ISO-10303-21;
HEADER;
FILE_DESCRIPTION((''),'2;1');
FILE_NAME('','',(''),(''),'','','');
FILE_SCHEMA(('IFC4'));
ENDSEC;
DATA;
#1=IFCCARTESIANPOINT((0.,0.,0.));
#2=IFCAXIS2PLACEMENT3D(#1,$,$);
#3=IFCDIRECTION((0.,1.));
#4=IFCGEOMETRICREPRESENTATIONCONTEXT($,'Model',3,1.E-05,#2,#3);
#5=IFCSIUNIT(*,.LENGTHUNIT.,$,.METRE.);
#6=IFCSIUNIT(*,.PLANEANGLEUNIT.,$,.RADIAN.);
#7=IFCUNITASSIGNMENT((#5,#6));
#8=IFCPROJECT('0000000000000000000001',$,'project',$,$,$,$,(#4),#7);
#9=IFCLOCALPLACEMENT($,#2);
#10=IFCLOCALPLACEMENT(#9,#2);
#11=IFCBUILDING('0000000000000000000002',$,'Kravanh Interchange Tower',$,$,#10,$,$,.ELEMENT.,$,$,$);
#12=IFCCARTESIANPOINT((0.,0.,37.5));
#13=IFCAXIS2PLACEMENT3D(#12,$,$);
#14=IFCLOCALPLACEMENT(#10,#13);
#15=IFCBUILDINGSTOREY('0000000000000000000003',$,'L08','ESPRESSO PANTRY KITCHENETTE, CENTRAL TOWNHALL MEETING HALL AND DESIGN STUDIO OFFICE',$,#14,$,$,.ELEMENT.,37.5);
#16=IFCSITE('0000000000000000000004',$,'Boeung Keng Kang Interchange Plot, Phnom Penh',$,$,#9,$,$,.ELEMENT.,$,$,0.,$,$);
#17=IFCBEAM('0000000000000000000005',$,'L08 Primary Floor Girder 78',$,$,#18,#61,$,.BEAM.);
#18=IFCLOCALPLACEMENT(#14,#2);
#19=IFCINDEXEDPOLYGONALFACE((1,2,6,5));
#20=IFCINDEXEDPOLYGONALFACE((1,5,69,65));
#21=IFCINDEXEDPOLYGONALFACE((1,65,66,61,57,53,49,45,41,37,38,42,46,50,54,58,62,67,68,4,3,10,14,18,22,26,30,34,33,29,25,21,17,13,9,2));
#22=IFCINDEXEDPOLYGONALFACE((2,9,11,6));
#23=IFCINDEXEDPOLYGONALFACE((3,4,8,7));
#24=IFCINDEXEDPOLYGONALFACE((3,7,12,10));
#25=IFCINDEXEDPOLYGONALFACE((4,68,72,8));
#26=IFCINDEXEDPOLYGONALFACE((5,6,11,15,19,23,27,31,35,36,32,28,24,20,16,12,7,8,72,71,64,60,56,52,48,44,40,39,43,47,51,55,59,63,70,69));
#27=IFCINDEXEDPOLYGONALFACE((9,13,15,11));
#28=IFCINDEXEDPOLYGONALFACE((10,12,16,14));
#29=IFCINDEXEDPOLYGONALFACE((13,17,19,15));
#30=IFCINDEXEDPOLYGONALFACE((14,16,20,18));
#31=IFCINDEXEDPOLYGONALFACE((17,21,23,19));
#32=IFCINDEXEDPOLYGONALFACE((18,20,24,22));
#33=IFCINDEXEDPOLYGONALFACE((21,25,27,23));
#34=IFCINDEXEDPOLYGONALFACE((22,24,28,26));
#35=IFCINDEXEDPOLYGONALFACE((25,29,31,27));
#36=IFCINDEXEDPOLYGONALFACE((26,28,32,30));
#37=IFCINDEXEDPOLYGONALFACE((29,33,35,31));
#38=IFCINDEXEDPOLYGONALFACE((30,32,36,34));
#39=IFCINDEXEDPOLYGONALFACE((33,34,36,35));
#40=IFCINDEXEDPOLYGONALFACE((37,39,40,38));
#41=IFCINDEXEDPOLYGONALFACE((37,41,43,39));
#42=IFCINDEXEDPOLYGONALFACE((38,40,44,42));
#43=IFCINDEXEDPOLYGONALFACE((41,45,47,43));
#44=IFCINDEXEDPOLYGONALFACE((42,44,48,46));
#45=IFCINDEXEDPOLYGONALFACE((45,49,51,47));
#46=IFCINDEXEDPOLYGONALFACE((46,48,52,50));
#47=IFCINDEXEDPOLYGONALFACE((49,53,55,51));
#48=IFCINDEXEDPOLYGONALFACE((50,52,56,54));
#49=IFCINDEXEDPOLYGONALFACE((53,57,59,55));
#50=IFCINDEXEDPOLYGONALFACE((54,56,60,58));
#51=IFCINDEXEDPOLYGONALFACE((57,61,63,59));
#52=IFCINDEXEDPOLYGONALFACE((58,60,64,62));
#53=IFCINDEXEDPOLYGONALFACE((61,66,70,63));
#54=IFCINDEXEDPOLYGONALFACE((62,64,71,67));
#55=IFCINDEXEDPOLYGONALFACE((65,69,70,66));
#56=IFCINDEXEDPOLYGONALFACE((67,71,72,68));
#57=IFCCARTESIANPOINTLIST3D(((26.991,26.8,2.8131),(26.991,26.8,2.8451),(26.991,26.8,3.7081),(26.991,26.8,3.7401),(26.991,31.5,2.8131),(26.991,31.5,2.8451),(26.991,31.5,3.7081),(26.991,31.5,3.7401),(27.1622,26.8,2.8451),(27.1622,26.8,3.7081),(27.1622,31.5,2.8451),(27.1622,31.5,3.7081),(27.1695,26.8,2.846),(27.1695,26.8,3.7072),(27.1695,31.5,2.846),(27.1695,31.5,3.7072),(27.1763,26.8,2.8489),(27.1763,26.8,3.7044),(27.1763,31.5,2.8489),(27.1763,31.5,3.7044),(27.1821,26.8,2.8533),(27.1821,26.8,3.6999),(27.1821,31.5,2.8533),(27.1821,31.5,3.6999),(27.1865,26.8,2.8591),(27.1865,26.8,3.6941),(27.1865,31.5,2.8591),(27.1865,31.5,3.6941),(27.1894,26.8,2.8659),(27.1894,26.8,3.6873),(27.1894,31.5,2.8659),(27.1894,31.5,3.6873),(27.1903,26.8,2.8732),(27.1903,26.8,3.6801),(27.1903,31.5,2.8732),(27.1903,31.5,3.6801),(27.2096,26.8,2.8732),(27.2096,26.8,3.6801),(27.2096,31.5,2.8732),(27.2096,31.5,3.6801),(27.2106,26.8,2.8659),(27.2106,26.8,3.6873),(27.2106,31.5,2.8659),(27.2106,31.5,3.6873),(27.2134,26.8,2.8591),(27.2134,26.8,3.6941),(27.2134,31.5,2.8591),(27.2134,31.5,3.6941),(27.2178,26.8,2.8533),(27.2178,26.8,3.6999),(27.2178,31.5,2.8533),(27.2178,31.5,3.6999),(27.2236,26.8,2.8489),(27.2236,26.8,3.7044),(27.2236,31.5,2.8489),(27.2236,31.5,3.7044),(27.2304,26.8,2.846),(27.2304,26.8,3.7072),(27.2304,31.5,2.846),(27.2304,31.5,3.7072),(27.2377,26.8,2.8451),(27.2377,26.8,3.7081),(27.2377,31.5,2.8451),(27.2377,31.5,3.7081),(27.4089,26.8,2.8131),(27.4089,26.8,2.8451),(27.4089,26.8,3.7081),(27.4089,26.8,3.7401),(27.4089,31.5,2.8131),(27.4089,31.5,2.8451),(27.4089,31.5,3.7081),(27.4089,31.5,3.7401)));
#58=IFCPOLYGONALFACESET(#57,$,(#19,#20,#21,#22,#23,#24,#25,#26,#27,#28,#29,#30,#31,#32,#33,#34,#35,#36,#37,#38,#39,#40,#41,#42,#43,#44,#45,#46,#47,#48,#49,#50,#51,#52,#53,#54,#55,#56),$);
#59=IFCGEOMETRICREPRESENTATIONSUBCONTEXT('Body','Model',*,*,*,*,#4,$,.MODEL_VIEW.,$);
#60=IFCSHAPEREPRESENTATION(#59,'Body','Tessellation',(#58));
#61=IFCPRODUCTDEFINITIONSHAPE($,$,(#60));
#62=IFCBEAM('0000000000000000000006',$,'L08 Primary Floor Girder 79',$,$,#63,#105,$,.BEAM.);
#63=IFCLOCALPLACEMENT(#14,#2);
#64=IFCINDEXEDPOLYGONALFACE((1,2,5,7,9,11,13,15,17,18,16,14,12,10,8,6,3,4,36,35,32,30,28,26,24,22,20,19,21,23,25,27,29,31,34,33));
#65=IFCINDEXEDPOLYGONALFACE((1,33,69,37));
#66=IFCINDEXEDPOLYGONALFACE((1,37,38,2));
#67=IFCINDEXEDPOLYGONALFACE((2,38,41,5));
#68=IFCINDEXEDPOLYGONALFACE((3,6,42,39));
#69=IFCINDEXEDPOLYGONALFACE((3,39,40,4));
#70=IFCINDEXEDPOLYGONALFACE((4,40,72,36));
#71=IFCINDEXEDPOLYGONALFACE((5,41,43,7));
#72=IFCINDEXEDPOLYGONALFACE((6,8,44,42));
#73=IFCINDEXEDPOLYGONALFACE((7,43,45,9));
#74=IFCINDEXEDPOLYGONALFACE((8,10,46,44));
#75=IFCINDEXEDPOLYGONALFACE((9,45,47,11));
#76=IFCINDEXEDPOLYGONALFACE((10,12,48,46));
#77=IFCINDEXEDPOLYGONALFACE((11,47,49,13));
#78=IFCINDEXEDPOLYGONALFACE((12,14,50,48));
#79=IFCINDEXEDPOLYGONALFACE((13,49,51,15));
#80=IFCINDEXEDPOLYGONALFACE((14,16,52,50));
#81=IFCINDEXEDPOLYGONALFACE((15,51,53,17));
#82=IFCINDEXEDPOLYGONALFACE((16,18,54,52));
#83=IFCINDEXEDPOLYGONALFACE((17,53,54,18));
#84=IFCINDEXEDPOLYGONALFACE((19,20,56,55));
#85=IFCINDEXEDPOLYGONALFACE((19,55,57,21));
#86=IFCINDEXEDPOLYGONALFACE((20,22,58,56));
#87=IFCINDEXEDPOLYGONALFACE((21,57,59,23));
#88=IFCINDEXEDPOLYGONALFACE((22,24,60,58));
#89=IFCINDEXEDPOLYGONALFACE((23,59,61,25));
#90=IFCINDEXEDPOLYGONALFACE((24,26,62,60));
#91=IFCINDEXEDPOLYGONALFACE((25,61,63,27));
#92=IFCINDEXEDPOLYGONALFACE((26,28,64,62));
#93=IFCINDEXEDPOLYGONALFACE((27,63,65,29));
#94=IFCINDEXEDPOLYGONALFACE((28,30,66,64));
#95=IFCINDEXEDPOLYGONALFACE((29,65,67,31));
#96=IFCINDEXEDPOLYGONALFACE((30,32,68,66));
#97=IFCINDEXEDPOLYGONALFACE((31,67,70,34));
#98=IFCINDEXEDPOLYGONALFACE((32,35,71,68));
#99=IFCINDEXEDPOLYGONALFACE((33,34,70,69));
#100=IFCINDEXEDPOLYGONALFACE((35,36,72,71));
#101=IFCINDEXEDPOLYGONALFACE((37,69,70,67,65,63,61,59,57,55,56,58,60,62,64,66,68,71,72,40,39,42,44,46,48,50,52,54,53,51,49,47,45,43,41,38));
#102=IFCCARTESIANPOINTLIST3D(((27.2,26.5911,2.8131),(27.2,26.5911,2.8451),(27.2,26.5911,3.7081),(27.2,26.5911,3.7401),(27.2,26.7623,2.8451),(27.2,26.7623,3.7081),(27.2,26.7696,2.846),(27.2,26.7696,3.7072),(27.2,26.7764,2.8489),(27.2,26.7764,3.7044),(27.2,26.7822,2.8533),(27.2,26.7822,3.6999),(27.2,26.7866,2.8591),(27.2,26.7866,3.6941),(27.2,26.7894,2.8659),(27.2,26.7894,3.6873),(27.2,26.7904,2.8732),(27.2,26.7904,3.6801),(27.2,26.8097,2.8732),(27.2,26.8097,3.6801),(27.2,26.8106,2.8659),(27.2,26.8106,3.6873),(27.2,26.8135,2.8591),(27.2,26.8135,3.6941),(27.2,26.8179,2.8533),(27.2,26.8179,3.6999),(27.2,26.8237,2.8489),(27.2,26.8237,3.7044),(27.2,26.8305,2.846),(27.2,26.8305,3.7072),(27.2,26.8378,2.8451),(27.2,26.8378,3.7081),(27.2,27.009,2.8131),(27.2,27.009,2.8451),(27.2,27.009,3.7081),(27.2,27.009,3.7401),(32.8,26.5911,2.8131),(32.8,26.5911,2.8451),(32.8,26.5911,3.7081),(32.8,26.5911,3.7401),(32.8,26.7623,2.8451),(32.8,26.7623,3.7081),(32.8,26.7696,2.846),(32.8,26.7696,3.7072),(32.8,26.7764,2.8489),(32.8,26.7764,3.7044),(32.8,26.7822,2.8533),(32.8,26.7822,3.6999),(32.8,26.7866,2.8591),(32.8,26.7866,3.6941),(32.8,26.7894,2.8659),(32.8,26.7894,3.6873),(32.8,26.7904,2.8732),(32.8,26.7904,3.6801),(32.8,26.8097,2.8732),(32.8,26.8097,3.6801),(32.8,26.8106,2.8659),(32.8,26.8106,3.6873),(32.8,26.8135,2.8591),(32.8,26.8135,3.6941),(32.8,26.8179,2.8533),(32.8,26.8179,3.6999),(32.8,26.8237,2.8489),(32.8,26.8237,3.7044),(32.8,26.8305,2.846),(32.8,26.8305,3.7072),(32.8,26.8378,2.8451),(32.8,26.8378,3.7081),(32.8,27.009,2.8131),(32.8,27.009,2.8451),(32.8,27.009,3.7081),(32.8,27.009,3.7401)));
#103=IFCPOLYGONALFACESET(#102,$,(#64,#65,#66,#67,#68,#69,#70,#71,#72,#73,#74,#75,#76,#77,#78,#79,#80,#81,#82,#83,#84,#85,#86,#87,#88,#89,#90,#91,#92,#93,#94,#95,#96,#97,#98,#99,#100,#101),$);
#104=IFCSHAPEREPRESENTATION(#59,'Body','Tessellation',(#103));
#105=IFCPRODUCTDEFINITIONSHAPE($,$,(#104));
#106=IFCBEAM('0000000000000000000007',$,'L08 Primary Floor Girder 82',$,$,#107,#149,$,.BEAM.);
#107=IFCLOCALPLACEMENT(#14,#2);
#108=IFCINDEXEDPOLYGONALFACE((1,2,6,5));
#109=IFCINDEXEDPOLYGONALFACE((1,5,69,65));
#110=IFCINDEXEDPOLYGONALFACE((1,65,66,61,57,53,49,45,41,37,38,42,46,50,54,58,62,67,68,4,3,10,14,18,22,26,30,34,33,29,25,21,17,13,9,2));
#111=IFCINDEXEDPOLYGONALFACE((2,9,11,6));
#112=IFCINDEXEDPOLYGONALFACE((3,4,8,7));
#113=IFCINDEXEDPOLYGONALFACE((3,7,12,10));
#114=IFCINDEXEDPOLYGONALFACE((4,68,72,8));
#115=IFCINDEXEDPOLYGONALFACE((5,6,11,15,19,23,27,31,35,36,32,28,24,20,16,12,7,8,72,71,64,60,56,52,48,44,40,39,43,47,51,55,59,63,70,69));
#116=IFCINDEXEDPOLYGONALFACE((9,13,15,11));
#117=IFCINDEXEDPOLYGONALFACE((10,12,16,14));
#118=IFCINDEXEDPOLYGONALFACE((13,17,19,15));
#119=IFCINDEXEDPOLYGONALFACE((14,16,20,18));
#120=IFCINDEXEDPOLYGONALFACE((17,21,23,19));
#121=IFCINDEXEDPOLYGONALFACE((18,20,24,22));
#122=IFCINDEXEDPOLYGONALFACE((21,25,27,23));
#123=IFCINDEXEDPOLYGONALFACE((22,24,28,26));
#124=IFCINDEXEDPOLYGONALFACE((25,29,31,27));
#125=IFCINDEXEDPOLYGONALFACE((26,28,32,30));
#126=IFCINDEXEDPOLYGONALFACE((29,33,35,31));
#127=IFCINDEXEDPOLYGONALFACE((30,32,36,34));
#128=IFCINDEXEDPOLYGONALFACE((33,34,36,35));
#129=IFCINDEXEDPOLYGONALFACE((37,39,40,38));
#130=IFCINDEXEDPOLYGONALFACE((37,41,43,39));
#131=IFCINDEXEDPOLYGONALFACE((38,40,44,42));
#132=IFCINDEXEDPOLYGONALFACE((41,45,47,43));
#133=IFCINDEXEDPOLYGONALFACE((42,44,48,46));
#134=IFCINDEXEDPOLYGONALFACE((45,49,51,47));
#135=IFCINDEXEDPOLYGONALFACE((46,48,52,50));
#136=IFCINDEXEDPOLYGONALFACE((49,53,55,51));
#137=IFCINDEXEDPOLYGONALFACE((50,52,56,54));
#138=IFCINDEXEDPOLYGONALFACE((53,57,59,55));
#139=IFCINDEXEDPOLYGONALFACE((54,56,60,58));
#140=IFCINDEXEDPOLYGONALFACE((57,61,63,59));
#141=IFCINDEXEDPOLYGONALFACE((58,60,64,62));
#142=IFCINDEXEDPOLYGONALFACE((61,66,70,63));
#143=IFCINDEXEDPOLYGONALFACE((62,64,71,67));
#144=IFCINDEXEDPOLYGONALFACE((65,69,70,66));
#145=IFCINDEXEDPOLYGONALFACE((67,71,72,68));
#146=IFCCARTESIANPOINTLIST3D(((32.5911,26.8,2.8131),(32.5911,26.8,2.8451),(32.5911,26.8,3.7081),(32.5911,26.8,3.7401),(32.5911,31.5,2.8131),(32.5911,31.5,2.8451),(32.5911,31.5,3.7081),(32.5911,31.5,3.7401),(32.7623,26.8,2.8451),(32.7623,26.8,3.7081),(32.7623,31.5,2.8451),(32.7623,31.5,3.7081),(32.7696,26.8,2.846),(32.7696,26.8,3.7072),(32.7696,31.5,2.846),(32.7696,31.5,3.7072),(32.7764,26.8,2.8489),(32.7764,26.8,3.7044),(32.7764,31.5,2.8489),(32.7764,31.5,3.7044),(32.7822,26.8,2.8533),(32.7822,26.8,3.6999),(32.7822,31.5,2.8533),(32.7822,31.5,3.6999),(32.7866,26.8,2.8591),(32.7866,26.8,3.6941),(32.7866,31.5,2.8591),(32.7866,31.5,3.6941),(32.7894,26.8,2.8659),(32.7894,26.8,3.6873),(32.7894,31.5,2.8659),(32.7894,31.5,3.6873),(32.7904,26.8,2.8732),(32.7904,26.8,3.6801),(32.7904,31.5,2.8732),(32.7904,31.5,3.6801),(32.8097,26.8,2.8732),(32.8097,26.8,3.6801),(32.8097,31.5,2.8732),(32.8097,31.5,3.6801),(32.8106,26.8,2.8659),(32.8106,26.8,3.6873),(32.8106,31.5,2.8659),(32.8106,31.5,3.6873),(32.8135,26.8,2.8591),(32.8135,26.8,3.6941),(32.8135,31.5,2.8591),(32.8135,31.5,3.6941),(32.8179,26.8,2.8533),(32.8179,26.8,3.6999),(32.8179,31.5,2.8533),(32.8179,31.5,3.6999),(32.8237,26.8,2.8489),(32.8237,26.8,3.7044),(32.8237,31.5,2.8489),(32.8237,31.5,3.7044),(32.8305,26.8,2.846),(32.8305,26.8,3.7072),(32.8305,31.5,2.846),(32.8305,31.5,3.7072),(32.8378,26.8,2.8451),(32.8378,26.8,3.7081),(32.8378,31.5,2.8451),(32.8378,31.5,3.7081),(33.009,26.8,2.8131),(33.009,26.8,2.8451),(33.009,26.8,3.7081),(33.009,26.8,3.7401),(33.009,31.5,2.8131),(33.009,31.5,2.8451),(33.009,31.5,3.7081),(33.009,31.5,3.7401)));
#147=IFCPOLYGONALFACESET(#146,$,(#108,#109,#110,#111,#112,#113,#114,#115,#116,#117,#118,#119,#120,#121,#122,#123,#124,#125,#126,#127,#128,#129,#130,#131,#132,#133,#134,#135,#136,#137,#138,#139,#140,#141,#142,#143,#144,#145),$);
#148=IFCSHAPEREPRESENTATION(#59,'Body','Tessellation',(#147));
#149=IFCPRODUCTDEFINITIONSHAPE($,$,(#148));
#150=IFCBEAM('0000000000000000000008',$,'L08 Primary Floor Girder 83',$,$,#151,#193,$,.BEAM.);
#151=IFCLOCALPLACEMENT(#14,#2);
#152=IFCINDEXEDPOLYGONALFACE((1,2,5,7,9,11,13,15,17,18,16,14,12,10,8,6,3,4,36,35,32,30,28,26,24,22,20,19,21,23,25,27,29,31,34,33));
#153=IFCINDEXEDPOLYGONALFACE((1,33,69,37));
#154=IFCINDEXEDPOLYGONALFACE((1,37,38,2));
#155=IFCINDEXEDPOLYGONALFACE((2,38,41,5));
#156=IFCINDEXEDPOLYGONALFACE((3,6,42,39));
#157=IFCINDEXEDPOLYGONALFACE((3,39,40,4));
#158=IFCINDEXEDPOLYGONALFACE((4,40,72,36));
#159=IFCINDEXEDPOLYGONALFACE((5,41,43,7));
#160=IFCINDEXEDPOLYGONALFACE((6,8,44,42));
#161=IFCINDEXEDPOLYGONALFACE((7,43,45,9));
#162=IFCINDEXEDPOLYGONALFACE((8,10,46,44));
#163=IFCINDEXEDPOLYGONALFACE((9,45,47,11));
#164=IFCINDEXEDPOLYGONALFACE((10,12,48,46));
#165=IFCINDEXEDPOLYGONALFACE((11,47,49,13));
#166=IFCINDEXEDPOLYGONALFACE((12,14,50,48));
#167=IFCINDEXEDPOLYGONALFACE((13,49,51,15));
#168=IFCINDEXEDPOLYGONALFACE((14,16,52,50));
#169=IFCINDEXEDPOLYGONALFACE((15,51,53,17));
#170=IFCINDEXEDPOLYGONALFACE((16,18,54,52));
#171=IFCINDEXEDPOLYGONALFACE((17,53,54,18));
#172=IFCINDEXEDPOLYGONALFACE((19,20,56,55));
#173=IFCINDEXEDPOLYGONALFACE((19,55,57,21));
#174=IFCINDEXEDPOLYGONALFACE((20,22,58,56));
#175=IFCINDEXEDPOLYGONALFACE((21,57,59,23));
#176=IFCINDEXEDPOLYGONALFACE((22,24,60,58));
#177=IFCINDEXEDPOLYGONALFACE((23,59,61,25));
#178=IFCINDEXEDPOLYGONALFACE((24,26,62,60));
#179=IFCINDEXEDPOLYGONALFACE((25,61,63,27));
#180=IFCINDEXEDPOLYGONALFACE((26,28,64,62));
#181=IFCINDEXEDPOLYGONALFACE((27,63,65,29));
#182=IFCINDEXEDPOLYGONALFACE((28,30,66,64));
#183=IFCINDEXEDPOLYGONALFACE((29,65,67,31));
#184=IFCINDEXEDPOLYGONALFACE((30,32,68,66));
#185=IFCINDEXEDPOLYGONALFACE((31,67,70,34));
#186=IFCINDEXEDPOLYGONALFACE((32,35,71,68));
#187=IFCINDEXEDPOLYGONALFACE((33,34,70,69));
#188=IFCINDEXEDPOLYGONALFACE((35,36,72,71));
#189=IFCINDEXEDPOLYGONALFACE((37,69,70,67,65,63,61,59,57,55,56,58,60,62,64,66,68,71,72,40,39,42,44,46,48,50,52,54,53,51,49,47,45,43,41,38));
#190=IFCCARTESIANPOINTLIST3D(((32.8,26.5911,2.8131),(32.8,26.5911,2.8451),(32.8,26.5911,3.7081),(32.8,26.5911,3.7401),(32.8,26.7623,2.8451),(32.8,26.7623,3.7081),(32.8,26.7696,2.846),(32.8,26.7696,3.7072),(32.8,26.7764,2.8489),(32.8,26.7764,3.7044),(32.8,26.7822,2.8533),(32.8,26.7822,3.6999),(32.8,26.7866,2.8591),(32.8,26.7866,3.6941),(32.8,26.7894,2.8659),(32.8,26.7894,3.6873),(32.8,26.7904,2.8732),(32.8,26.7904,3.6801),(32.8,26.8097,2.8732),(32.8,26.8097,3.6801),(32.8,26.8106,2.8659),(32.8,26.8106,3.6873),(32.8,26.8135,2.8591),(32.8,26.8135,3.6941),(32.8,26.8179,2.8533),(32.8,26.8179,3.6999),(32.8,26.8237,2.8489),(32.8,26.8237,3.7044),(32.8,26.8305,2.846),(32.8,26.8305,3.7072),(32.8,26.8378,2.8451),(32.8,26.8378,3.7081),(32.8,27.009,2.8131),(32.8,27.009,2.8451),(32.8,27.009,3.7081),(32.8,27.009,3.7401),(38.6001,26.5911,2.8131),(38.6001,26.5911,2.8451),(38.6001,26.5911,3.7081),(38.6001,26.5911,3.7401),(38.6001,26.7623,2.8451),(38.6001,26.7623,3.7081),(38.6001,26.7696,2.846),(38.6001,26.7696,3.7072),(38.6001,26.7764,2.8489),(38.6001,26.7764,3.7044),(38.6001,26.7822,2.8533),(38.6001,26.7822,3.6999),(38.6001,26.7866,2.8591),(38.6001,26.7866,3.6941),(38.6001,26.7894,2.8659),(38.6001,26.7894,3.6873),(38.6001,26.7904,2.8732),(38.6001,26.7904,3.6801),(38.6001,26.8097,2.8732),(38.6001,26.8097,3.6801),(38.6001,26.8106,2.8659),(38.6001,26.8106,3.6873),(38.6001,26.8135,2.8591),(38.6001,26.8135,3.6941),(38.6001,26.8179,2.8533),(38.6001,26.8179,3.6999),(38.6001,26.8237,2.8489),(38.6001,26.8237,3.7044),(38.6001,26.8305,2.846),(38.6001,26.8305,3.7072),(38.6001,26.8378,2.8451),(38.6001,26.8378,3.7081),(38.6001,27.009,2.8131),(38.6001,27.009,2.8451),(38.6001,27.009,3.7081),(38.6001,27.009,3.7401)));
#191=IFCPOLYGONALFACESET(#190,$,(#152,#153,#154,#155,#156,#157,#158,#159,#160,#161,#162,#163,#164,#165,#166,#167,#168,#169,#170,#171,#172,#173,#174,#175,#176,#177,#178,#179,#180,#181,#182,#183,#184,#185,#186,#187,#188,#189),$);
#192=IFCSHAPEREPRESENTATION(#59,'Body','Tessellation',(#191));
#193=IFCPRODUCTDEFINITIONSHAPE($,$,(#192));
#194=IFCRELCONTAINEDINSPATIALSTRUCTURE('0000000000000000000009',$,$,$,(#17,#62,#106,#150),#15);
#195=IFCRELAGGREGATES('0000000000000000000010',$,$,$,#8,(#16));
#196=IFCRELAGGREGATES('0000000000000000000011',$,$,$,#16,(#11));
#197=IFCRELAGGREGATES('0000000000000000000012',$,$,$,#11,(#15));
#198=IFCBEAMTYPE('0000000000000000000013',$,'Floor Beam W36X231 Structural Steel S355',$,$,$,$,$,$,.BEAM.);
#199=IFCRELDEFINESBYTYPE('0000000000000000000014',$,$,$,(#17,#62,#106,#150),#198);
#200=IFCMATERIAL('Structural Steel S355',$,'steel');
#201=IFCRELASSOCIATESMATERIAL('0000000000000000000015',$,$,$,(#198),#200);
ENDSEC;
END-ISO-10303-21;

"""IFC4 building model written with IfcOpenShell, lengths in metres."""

from ifc_helpers import new_model, si_unit, direction, frame, origin, origin_2d, place, context, subcontext, project, spatial, i_section, extrude, material, material_profile, profile_set, type_object, element, save


model = new_model("IFC4")

# Units and contexts
model_context = context("Model", 3, precision=1e-05, world=origin(), true_north=direction((0.0, 1.0)))
body_context = subcontext(model_context, "Body", "Model", "MODEL_VIEW")
ifc_project = project(units=[si_unit("LENGTHUNIT", "METRE"), si_unit("PLANEANGLEUNIT", "RADIAN")], contexts=[model_context])

# Site, building, storey
site_placement = place(None, origin())
site = spatial("IfcSite", under=ifc_project, at=site_placement, Name="Boeung Keng Kang Interchange Plot, Phnom Penh", CompositionType="ELEMENT", RefElevation=0.0)
building_placement = place(site_placement, origin())
building = spatial("IfcBuilding", under=site, at=building_placement, Name="Kravanh Interchange Tower", CompositionType="ELEMENT")
storey_placement = place(building_placement, frame((0.0, 0.0, 37.5)))
storey = spatial("IfcBuildingStorey", under=building, at=storey_placement, Name="L08", Description="ESPRESSO PANTRY KITCHENETTE, CENTRAL TOWNHALL MEETING HALL AND DESIGN STUDIO OFFICE", CompositionType="ELEMENT", Elevation=37.5)

# Beams
ifc_material_1 = material(Name="Structural Steel S355", Category="steel")
ifc_material_profile_1 = material_profile(ifc_material_1, i_section(OverallWidth=0.418, OverallDepth=0.927, WebThickness=0.0193, FlangeThickness=0.032, FilletRadius=0.0281, at=origin_2d()), Name="W36X231")
ifc_profile_set_1 = profile_set([ifc_material_profile_1], Name="Structural Steel S355")
beam_type_1 = type_object("IfcBeamType", Name="Floor Beam W36X231 Structural Steel S355", PredefinedType="BEAM", material=ifc_profile_set_1)
beam_1_placement = place(storey_placement, frame((27.2, 26.8, 3.2766), z_axis=(0.0, 1.0, 0.0), x_axis=(-1.0, 0.0, 0.0)))
element("IfcBeam", 1, at=beam_1_placement, inside=storey, type_object=beam_type_1, Name="L08 Primary Floor Girder 78", PredefinedType="BEAM", context=body_context, shape_type="SweptSolid", body=[
    extrude(i_section(OverallWidth=0.418, OverallDepth=0.927, WebThickness=0.0193, FlangeThickness=0.032, FilletRadius=0.0281, at=origin_2d()), origin(), (0.0, 0.0, 1.0), 4.7),
])
beam_2_placement = place(storey_placement, frame((27.2, 26.8, 3.2766), z_axis=(1.0, 0.0, 0.0), x_axis=(0.0, 1.0, 0.0)))
element("IfcBeam", 2, at=beam_2_placement, inside=storey, type_object=beam_type_1, Name="L08 Primary Floor Girder 79", PredefinedType="BEAM", context=body_context, shape_type="SweptSolid", body=[
    extrude(i_section(OverallWidth=0.418, OverallDepth=0.927, WebThickness=0.0193, FlangeThickness=0.032, FilletRadius=0.0281, at=origin_2d()), origin(), (0.0, 0.0, 1.0), 5.6001),
])
beam_3_placement = place(storey_placement, frame((32.8, 26.8, 3.2766), z_axis=(0.0, 1.0, 0.0), x_axis=(-1.0, 0.0, 0.0)))
element("IfcBeam", 3, at=beam_3_placement, inside=storey, type_object=beam_type_1, Name="L08 Primary Floor Girder 82", PredefinedType="BEAM", context=body_context, shape_type="SweptSolid", body=[
    extrude(i_section(OverallWidth=0.418, OverallDepth=0.927, WebThickness=0.0193, FlangeThickness=0.032, FilletRadius=0.0281, at=origin_2d()), origin(), (0.0, 0.0, 1.0), 4.7),
])
beam_4_placement = place(storey_placement, frame((32.8, 26.8, 3.2766), z_axis=(1.0, 0.0, 0.0), x_axis=(0.0, 1.0, 0.0)))
element("IfcBeam", 4, at=beam_4_placement, inside=storey, type_object=beam_type_1, Name="L08 Primary Floor Girder 83", PredefinedType="BEAM", context=body_context, shape_type="SweptSolid", body=[
    extrude(i_section(OverallWidth=0.418, OverallDepth=0.927, WebThickness=0.0193, FlangeThickness=0.032, FilletRadius=0.0281, at=origin_2d()), origin(), (0.0, 0.0, 1.0), 5.8),
])

save(model, "model.ifc")
